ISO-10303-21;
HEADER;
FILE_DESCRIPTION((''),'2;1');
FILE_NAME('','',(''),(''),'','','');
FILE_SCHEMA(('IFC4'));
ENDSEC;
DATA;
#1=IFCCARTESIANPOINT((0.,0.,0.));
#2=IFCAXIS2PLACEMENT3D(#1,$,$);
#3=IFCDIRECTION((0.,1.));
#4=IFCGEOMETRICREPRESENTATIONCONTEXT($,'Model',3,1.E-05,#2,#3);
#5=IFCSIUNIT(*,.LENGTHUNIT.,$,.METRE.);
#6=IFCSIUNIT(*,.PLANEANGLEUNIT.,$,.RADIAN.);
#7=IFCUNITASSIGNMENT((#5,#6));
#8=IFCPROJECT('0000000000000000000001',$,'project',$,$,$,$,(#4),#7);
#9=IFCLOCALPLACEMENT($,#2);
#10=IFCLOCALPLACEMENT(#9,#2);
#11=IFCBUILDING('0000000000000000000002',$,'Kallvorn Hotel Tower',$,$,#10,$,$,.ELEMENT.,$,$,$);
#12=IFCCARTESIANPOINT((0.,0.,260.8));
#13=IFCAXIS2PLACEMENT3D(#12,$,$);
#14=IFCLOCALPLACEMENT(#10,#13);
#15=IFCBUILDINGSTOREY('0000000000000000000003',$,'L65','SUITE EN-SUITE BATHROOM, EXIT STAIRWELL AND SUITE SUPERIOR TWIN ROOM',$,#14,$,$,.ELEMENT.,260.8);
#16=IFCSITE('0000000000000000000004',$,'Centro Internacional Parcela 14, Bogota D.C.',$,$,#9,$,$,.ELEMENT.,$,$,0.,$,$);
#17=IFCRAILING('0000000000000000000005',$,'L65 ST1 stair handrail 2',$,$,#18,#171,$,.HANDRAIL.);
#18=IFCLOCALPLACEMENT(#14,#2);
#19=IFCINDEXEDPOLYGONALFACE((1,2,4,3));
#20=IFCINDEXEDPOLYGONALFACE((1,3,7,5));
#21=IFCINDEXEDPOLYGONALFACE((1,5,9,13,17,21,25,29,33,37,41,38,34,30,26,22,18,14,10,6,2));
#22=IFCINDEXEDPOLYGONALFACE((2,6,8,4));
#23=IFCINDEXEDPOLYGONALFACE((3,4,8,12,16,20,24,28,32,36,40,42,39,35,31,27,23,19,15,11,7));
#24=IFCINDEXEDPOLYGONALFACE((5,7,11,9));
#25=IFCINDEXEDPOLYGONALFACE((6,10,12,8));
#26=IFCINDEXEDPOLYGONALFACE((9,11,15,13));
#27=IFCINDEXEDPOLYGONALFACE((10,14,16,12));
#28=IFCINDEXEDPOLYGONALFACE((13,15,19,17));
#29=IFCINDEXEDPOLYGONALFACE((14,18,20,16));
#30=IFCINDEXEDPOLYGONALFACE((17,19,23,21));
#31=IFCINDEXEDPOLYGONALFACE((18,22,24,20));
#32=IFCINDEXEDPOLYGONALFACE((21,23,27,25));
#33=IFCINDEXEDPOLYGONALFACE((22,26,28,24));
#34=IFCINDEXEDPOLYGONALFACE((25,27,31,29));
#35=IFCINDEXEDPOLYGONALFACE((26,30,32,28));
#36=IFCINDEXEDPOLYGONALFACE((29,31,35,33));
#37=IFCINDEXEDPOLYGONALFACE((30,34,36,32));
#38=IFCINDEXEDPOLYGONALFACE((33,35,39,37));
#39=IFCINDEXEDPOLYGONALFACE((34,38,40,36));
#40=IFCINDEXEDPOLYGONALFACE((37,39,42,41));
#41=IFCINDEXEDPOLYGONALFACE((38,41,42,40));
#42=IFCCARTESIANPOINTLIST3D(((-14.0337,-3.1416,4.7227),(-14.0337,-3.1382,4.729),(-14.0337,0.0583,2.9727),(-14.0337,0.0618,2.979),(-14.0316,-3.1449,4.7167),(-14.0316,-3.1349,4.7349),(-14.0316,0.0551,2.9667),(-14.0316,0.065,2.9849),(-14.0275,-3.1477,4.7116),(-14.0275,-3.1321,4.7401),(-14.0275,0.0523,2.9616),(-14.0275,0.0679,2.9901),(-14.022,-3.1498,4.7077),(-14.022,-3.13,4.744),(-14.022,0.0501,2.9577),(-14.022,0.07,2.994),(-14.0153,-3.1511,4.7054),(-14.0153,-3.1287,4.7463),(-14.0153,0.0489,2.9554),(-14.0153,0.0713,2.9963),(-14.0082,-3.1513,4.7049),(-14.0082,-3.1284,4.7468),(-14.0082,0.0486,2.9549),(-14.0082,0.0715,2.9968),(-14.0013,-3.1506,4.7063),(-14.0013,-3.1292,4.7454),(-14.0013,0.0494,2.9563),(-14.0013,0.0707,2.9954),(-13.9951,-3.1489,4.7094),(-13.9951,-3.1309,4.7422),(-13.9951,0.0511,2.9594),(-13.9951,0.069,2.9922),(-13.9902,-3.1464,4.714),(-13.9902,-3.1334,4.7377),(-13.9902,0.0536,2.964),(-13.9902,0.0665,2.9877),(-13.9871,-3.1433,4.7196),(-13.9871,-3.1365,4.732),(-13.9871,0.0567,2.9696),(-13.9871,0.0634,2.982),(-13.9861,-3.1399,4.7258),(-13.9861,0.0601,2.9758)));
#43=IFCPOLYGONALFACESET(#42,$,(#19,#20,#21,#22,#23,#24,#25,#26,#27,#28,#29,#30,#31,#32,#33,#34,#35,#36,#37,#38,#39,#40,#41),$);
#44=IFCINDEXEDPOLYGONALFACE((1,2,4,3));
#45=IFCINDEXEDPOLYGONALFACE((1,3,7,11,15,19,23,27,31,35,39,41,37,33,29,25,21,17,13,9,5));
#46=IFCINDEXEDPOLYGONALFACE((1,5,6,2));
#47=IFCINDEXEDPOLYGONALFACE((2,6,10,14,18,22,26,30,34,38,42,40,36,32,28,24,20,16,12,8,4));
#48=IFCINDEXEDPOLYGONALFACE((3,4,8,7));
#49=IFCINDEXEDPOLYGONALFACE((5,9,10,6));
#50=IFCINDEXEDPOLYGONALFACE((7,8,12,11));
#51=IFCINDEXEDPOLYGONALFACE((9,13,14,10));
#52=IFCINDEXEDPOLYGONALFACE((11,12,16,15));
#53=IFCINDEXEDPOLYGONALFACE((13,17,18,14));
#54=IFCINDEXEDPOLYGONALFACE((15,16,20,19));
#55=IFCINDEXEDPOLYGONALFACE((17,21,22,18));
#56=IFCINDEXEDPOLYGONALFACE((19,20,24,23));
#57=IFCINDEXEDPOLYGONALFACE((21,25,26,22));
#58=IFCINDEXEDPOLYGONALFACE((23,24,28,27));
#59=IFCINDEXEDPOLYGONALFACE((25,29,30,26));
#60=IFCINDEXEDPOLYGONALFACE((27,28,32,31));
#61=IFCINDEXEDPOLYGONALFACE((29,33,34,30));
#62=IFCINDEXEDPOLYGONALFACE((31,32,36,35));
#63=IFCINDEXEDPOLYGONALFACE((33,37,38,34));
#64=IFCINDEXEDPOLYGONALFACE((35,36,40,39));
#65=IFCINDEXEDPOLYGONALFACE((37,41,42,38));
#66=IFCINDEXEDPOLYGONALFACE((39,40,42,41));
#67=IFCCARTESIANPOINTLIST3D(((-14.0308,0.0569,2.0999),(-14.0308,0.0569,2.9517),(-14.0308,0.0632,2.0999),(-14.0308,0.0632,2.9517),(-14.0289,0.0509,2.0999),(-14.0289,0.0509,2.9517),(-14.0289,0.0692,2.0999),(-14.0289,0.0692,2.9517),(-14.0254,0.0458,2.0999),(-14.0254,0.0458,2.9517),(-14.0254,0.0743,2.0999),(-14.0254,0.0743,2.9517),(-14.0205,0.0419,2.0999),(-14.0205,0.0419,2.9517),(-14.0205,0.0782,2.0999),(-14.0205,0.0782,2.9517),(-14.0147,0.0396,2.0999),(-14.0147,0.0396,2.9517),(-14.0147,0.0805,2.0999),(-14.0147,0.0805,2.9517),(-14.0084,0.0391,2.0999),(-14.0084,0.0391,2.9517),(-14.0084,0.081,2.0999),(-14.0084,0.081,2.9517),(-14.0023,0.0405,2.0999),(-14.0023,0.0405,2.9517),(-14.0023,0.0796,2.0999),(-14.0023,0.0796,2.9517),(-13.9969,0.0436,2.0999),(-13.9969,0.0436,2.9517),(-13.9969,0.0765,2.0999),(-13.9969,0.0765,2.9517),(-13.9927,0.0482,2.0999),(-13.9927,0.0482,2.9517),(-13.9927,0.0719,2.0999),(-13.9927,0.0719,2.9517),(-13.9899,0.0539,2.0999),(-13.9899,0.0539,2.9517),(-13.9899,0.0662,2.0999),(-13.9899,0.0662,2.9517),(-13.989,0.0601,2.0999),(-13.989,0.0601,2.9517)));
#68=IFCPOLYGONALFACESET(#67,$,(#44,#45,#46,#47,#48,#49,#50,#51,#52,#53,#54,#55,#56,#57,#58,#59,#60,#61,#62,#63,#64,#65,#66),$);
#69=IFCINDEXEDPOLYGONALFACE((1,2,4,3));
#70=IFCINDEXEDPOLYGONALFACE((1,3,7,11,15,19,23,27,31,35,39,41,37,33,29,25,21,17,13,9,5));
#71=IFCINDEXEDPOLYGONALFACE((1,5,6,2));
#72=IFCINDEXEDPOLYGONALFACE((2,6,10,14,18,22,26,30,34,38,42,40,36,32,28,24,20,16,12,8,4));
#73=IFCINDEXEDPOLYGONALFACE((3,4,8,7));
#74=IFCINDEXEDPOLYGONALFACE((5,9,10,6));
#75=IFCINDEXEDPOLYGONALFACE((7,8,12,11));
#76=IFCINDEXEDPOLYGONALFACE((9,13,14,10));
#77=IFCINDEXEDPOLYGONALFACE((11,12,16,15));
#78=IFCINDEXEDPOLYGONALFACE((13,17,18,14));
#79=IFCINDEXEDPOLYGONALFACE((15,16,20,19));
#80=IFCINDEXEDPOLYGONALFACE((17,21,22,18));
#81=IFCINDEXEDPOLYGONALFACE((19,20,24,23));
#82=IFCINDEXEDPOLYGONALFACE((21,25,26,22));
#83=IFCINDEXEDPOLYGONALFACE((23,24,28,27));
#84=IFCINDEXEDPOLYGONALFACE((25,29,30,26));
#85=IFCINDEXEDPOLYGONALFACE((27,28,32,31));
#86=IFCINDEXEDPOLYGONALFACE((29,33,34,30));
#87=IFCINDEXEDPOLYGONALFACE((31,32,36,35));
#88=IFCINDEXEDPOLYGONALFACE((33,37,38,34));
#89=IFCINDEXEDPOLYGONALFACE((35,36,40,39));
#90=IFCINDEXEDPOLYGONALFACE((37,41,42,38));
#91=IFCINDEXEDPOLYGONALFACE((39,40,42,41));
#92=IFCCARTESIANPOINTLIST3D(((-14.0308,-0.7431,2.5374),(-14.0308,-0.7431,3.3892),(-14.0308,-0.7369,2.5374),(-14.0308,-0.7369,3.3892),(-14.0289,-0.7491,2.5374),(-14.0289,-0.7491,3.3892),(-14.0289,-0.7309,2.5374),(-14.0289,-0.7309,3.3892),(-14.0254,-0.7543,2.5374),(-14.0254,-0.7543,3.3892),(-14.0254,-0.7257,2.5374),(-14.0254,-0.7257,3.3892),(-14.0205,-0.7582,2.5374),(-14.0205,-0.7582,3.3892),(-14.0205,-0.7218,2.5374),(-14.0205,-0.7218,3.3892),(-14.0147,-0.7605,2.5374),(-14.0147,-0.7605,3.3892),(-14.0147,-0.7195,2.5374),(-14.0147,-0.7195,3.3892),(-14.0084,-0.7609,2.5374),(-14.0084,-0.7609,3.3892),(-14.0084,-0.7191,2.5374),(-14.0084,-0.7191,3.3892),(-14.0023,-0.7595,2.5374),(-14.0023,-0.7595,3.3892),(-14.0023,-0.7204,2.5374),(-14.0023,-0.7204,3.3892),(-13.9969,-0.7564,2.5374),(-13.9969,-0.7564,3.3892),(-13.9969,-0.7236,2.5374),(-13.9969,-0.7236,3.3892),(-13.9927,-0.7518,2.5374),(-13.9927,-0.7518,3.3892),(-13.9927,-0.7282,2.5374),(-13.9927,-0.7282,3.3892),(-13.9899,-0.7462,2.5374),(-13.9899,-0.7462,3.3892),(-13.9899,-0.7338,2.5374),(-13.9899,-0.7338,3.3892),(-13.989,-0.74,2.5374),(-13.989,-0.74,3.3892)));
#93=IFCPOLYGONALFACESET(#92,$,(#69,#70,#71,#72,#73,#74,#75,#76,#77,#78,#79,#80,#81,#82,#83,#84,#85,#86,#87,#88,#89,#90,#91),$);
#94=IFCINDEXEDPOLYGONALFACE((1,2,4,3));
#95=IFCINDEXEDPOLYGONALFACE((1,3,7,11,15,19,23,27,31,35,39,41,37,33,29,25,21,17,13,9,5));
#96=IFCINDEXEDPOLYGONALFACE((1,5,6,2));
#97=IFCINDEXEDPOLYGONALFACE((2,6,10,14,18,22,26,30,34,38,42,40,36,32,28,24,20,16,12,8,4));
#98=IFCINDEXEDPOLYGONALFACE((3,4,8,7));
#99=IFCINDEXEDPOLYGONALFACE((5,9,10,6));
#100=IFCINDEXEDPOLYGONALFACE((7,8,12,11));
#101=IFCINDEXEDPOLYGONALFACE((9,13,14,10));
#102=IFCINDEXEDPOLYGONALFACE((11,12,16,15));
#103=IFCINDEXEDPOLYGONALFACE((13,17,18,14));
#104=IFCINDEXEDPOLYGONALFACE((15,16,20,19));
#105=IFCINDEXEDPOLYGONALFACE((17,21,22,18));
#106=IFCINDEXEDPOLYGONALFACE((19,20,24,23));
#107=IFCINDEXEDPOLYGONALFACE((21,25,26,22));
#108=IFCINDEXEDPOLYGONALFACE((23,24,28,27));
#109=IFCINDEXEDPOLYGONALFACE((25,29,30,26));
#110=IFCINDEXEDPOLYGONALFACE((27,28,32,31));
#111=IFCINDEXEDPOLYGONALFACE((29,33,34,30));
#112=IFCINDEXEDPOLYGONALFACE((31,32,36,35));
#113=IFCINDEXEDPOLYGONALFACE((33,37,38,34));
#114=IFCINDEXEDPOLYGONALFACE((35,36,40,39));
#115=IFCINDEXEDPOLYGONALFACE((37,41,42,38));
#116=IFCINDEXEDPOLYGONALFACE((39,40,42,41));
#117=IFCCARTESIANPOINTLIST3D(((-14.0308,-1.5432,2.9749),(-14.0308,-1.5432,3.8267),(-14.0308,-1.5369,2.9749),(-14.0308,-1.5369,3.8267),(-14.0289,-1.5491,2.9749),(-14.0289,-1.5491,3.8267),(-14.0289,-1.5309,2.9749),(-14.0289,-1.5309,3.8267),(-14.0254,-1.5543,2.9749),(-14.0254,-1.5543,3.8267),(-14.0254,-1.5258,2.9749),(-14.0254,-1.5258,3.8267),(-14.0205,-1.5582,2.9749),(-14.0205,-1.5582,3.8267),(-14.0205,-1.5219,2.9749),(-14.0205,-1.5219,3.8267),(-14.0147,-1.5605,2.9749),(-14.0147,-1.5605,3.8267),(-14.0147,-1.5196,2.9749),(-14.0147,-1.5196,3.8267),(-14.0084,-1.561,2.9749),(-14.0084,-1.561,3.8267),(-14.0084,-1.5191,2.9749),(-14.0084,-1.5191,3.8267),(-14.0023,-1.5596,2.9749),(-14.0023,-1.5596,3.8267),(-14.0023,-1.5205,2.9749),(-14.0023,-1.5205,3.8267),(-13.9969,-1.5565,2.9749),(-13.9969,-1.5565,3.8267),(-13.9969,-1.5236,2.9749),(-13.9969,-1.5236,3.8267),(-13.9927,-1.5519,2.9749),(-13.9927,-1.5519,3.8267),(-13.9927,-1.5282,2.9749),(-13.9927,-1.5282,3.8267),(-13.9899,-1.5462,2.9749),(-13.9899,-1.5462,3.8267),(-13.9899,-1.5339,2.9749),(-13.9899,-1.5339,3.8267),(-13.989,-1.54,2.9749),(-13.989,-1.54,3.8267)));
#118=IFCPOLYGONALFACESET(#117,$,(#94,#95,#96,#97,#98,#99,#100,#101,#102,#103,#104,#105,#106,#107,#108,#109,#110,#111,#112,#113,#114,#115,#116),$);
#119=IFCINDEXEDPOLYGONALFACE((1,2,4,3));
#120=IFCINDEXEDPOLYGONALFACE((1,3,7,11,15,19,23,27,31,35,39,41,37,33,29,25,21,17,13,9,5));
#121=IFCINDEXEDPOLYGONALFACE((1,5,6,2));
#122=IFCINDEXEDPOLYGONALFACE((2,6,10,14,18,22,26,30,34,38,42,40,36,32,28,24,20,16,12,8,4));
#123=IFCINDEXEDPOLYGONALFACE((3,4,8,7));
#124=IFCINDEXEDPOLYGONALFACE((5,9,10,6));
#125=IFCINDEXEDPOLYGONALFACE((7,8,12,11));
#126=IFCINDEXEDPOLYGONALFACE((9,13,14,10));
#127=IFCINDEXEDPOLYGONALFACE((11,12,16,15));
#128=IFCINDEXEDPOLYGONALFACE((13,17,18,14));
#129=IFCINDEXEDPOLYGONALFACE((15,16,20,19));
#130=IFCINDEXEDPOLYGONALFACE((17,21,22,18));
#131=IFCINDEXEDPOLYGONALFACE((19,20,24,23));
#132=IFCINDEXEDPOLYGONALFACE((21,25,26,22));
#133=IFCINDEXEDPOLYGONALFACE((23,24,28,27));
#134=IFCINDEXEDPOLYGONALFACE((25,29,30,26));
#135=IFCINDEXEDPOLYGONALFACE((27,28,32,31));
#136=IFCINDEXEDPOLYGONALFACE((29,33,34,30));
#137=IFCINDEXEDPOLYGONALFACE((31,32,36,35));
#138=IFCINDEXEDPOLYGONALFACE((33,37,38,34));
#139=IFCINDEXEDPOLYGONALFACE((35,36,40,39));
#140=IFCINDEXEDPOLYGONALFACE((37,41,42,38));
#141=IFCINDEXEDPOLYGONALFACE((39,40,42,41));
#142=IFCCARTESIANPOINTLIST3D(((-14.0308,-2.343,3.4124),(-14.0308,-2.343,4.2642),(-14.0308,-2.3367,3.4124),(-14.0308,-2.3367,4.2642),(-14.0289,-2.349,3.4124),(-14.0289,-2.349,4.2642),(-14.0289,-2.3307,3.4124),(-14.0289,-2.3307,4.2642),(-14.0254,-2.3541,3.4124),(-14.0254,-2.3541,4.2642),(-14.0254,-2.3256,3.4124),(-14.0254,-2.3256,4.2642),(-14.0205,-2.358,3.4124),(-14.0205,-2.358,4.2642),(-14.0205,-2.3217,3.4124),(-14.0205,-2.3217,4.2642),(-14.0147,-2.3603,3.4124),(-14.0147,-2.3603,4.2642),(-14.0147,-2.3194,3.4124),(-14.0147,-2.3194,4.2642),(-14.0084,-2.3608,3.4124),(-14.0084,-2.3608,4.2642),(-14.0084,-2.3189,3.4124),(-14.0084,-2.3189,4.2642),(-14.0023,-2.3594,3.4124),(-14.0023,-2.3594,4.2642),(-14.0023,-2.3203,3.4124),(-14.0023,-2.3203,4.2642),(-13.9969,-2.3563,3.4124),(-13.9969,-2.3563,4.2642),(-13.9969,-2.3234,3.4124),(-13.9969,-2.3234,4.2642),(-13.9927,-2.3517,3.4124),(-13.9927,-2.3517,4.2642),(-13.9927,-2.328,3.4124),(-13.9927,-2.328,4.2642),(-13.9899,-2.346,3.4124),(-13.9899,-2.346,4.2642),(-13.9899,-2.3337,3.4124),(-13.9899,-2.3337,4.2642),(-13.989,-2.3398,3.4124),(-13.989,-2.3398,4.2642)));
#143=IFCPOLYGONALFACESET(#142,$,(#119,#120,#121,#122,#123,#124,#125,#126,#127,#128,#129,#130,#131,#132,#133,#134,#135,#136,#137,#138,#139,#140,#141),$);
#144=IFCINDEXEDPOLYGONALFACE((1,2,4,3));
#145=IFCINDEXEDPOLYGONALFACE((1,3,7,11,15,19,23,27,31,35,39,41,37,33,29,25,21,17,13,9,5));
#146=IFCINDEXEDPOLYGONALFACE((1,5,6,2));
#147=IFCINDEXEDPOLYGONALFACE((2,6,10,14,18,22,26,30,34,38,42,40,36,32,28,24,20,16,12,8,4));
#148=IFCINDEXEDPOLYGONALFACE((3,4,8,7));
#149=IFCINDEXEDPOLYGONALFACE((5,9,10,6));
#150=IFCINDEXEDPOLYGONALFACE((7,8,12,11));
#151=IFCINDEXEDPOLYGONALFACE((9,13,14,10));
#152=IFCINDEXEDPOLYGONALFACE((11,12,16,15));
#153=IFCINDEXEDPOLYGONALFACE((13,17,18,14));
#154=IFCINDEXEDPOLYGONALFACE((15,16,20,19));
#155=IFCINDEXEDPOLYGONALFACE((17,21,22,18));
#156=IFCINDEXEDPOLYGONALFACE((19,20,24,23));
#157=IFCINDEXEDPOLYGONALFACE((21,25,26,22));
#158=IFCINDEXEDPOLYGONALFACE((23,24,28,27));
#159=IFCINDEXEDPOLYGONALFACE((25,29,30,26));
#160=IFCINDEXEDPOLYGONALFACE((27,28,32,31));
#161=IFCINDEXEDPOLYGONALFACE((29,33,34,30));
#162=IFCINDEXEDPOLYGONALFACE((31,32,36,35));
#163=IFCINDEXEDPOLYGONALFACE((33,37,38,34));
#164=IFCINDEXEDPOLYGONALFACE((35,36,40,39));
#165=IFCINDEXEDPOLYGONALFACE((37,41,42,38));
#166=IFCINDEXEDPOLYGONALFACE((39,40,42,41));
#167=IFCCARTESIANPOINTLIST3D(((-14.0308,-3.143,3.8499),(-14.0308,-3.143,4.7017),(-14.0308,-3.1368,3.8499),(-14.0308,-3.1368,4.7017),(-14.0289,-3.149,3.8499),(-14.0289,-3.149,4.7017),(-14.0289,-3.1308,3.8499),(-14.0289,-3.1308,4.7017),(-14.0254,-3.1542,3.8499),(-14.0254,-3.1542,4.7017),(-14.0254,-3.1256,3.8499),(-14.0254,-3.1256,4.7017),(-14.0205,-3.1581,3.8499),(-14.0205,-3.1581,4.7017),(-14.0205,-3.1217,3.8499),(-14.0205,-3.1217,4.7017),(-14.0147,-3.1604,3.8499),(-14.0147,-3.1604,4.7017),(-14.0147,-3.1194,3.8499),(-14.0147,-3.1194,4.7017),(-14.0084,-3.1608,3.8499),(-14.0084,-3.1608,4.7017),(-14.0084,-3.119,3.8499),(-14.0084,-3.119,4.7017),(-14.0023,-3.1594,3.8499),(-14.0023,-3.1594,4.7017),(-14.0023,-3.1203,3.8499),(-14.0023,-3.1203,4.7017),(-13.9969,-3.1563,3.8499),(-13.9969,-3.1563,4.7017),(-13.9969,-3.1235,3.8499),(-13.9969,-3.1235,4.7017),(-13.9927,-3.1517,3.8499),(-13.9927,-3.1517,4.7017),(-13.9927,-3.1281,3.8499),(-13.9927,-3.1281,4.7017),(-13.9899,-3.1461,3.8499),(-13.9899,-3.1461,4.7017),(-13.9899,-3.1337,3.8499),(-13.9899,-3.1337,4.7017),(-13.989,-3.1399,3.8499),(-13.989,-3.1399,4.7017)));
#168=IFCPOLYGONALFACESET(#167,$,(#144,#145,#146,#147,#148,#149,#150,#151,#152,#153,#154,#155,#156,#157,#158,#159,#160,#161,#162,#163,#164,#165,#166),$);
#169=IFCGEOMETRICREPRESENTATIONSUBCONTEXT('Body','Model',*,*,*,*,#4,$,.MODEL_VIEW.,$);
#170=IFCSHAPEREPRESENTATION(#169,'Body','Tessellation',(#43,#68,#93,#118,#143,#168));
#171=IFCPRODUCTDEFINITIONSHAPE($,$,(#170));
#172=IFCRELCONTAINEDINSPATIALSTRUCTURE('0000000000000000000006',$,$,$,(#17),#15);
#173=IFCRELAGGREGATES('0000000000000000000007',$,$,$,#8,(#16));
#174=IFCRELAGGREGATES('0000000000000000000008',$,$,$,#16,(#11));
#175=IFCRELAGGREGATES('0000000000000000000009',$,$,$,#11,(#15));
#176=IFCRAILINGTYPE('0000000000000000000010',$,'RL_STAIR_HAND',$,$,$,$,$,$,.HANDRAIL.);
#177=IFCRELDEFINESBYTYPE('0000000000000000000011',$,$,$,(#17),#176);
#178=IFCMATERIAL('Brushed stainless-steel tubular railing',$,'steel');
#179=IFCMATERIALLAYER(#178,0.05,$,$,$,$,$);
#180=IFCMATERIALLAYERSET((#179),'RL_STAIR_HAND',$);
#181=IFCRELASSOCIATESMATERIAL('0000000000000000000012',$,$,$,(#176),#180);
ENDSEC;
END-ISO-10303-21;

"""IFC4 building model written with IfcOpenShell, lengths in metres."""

from ifc_helpers import new_model, si_unit, direction, frame, origin, origin_2d, place, context, subcontext, project, spatial, circle, extrude, material, layer, layer_set, type_object, element, save


model = new_model("IFC4")

# Units and contexts
model_context = context("Model", 3, precision=1e-05, world=origin(), true_north=direction((0.0, 1.0)))
body_context = subcontext(model_context, "Body", "Model", "MODEL_VIEW")
ifc_project = project(units=[si_unit("LENGTHUNIT", "METRE"), si_unit("PLANEANGLEUNIT", "RADIAN")], contexts=[model_context])

# Site, building, storey
site_placement = place(None, origin())
site = spatial("IfcSite", under=ifc_project, at=site_placement, Name="Centro Internacional Parcela 14, Bogota D.C.", CompositionType="ELEMENT", RefElevation=0.0)
building_placement = place(site_placement, origin())
building = spatial("IfcBuilding", under=site, at=building_placement, Name="Kallvorn Hotel Tower", CompositionType="ELEMENT")
storey_placement = place(building_placement, frame((0.0, 0.0, 260.8)))
storey = spatial("IfcBuildingStorey", under=building, at=storey_placement, Name="L65", Description="SUITE EN-SUITE BATHROOM, EXIT STAIRWELL AND SUITE SUPERIOR TWIN ROOM", CompositionType="ELEMENT", Elevation=260.8)

# Railing
ifc_material_1 = material(Name="Brushed stainless-steel tubular railing", Category="steel")
ifc_layer_1 = layer(ifc_material_1, 0.05)
ifc_layer_set_1 = layer_set([ifc_layer_1], Name="RL_STAIR_HAND")
railing_type_1 = type_object("IfcRailingType", Name="RL_STAIR_HAND", PredefinedType="HANDRAIL", material=ifc_layer_set_1)
railing_1_placement = place(storey_placement, frame((-14.01, 0.0601, 2.0999)))
element("IfcRailing", 1, at=railing_1_placement, inside=storey, type_object=railing_type_1, Name="L65 ST1 stair handrail 2", PredefinedType="HANDRAIL", context=body_context, shape_type="SweptSolid", body=[
    extrude(circle(Radius=0.0239, at=origin_2d()), frame((0.0, 0.0, 0.876), z_axis=(0.0, -0.877368, 0.479818), x_axis=(1.0, 0.0, 0.0)), (0.0, 0.0, 1.0), 3.6472),
    extrude(circle(Radius=0.021, at=origin_2d()), origin(), (0.0, 0.0, 1.0), 0.8518),
    extrude(circle(Radius=0.021, at=origin_2d()), frame((0.0, -0.8, 0.4375)), (0.0, 0.0, 1.0), 0.8518),
    extrude(circle(Radius=0.021, at=origin_2d()), frame((0.0, -1.6001, 0.875)), (0.0, 0.0, 1.0), 0.8518),
    extrude(circle(Radius=0.021, at=origin_2d()), frame((0.0, -2.3999, 1.3125)), (0.0, 0.0, 1.0), 0.8518),
    extrude(circle(Radius=0.021, at=origin_2d()), frame((0.0, -3.2, 1.75)), (0.0, 0.0, 1.0), 0.8518),
])

save(model, "model.ifc")
